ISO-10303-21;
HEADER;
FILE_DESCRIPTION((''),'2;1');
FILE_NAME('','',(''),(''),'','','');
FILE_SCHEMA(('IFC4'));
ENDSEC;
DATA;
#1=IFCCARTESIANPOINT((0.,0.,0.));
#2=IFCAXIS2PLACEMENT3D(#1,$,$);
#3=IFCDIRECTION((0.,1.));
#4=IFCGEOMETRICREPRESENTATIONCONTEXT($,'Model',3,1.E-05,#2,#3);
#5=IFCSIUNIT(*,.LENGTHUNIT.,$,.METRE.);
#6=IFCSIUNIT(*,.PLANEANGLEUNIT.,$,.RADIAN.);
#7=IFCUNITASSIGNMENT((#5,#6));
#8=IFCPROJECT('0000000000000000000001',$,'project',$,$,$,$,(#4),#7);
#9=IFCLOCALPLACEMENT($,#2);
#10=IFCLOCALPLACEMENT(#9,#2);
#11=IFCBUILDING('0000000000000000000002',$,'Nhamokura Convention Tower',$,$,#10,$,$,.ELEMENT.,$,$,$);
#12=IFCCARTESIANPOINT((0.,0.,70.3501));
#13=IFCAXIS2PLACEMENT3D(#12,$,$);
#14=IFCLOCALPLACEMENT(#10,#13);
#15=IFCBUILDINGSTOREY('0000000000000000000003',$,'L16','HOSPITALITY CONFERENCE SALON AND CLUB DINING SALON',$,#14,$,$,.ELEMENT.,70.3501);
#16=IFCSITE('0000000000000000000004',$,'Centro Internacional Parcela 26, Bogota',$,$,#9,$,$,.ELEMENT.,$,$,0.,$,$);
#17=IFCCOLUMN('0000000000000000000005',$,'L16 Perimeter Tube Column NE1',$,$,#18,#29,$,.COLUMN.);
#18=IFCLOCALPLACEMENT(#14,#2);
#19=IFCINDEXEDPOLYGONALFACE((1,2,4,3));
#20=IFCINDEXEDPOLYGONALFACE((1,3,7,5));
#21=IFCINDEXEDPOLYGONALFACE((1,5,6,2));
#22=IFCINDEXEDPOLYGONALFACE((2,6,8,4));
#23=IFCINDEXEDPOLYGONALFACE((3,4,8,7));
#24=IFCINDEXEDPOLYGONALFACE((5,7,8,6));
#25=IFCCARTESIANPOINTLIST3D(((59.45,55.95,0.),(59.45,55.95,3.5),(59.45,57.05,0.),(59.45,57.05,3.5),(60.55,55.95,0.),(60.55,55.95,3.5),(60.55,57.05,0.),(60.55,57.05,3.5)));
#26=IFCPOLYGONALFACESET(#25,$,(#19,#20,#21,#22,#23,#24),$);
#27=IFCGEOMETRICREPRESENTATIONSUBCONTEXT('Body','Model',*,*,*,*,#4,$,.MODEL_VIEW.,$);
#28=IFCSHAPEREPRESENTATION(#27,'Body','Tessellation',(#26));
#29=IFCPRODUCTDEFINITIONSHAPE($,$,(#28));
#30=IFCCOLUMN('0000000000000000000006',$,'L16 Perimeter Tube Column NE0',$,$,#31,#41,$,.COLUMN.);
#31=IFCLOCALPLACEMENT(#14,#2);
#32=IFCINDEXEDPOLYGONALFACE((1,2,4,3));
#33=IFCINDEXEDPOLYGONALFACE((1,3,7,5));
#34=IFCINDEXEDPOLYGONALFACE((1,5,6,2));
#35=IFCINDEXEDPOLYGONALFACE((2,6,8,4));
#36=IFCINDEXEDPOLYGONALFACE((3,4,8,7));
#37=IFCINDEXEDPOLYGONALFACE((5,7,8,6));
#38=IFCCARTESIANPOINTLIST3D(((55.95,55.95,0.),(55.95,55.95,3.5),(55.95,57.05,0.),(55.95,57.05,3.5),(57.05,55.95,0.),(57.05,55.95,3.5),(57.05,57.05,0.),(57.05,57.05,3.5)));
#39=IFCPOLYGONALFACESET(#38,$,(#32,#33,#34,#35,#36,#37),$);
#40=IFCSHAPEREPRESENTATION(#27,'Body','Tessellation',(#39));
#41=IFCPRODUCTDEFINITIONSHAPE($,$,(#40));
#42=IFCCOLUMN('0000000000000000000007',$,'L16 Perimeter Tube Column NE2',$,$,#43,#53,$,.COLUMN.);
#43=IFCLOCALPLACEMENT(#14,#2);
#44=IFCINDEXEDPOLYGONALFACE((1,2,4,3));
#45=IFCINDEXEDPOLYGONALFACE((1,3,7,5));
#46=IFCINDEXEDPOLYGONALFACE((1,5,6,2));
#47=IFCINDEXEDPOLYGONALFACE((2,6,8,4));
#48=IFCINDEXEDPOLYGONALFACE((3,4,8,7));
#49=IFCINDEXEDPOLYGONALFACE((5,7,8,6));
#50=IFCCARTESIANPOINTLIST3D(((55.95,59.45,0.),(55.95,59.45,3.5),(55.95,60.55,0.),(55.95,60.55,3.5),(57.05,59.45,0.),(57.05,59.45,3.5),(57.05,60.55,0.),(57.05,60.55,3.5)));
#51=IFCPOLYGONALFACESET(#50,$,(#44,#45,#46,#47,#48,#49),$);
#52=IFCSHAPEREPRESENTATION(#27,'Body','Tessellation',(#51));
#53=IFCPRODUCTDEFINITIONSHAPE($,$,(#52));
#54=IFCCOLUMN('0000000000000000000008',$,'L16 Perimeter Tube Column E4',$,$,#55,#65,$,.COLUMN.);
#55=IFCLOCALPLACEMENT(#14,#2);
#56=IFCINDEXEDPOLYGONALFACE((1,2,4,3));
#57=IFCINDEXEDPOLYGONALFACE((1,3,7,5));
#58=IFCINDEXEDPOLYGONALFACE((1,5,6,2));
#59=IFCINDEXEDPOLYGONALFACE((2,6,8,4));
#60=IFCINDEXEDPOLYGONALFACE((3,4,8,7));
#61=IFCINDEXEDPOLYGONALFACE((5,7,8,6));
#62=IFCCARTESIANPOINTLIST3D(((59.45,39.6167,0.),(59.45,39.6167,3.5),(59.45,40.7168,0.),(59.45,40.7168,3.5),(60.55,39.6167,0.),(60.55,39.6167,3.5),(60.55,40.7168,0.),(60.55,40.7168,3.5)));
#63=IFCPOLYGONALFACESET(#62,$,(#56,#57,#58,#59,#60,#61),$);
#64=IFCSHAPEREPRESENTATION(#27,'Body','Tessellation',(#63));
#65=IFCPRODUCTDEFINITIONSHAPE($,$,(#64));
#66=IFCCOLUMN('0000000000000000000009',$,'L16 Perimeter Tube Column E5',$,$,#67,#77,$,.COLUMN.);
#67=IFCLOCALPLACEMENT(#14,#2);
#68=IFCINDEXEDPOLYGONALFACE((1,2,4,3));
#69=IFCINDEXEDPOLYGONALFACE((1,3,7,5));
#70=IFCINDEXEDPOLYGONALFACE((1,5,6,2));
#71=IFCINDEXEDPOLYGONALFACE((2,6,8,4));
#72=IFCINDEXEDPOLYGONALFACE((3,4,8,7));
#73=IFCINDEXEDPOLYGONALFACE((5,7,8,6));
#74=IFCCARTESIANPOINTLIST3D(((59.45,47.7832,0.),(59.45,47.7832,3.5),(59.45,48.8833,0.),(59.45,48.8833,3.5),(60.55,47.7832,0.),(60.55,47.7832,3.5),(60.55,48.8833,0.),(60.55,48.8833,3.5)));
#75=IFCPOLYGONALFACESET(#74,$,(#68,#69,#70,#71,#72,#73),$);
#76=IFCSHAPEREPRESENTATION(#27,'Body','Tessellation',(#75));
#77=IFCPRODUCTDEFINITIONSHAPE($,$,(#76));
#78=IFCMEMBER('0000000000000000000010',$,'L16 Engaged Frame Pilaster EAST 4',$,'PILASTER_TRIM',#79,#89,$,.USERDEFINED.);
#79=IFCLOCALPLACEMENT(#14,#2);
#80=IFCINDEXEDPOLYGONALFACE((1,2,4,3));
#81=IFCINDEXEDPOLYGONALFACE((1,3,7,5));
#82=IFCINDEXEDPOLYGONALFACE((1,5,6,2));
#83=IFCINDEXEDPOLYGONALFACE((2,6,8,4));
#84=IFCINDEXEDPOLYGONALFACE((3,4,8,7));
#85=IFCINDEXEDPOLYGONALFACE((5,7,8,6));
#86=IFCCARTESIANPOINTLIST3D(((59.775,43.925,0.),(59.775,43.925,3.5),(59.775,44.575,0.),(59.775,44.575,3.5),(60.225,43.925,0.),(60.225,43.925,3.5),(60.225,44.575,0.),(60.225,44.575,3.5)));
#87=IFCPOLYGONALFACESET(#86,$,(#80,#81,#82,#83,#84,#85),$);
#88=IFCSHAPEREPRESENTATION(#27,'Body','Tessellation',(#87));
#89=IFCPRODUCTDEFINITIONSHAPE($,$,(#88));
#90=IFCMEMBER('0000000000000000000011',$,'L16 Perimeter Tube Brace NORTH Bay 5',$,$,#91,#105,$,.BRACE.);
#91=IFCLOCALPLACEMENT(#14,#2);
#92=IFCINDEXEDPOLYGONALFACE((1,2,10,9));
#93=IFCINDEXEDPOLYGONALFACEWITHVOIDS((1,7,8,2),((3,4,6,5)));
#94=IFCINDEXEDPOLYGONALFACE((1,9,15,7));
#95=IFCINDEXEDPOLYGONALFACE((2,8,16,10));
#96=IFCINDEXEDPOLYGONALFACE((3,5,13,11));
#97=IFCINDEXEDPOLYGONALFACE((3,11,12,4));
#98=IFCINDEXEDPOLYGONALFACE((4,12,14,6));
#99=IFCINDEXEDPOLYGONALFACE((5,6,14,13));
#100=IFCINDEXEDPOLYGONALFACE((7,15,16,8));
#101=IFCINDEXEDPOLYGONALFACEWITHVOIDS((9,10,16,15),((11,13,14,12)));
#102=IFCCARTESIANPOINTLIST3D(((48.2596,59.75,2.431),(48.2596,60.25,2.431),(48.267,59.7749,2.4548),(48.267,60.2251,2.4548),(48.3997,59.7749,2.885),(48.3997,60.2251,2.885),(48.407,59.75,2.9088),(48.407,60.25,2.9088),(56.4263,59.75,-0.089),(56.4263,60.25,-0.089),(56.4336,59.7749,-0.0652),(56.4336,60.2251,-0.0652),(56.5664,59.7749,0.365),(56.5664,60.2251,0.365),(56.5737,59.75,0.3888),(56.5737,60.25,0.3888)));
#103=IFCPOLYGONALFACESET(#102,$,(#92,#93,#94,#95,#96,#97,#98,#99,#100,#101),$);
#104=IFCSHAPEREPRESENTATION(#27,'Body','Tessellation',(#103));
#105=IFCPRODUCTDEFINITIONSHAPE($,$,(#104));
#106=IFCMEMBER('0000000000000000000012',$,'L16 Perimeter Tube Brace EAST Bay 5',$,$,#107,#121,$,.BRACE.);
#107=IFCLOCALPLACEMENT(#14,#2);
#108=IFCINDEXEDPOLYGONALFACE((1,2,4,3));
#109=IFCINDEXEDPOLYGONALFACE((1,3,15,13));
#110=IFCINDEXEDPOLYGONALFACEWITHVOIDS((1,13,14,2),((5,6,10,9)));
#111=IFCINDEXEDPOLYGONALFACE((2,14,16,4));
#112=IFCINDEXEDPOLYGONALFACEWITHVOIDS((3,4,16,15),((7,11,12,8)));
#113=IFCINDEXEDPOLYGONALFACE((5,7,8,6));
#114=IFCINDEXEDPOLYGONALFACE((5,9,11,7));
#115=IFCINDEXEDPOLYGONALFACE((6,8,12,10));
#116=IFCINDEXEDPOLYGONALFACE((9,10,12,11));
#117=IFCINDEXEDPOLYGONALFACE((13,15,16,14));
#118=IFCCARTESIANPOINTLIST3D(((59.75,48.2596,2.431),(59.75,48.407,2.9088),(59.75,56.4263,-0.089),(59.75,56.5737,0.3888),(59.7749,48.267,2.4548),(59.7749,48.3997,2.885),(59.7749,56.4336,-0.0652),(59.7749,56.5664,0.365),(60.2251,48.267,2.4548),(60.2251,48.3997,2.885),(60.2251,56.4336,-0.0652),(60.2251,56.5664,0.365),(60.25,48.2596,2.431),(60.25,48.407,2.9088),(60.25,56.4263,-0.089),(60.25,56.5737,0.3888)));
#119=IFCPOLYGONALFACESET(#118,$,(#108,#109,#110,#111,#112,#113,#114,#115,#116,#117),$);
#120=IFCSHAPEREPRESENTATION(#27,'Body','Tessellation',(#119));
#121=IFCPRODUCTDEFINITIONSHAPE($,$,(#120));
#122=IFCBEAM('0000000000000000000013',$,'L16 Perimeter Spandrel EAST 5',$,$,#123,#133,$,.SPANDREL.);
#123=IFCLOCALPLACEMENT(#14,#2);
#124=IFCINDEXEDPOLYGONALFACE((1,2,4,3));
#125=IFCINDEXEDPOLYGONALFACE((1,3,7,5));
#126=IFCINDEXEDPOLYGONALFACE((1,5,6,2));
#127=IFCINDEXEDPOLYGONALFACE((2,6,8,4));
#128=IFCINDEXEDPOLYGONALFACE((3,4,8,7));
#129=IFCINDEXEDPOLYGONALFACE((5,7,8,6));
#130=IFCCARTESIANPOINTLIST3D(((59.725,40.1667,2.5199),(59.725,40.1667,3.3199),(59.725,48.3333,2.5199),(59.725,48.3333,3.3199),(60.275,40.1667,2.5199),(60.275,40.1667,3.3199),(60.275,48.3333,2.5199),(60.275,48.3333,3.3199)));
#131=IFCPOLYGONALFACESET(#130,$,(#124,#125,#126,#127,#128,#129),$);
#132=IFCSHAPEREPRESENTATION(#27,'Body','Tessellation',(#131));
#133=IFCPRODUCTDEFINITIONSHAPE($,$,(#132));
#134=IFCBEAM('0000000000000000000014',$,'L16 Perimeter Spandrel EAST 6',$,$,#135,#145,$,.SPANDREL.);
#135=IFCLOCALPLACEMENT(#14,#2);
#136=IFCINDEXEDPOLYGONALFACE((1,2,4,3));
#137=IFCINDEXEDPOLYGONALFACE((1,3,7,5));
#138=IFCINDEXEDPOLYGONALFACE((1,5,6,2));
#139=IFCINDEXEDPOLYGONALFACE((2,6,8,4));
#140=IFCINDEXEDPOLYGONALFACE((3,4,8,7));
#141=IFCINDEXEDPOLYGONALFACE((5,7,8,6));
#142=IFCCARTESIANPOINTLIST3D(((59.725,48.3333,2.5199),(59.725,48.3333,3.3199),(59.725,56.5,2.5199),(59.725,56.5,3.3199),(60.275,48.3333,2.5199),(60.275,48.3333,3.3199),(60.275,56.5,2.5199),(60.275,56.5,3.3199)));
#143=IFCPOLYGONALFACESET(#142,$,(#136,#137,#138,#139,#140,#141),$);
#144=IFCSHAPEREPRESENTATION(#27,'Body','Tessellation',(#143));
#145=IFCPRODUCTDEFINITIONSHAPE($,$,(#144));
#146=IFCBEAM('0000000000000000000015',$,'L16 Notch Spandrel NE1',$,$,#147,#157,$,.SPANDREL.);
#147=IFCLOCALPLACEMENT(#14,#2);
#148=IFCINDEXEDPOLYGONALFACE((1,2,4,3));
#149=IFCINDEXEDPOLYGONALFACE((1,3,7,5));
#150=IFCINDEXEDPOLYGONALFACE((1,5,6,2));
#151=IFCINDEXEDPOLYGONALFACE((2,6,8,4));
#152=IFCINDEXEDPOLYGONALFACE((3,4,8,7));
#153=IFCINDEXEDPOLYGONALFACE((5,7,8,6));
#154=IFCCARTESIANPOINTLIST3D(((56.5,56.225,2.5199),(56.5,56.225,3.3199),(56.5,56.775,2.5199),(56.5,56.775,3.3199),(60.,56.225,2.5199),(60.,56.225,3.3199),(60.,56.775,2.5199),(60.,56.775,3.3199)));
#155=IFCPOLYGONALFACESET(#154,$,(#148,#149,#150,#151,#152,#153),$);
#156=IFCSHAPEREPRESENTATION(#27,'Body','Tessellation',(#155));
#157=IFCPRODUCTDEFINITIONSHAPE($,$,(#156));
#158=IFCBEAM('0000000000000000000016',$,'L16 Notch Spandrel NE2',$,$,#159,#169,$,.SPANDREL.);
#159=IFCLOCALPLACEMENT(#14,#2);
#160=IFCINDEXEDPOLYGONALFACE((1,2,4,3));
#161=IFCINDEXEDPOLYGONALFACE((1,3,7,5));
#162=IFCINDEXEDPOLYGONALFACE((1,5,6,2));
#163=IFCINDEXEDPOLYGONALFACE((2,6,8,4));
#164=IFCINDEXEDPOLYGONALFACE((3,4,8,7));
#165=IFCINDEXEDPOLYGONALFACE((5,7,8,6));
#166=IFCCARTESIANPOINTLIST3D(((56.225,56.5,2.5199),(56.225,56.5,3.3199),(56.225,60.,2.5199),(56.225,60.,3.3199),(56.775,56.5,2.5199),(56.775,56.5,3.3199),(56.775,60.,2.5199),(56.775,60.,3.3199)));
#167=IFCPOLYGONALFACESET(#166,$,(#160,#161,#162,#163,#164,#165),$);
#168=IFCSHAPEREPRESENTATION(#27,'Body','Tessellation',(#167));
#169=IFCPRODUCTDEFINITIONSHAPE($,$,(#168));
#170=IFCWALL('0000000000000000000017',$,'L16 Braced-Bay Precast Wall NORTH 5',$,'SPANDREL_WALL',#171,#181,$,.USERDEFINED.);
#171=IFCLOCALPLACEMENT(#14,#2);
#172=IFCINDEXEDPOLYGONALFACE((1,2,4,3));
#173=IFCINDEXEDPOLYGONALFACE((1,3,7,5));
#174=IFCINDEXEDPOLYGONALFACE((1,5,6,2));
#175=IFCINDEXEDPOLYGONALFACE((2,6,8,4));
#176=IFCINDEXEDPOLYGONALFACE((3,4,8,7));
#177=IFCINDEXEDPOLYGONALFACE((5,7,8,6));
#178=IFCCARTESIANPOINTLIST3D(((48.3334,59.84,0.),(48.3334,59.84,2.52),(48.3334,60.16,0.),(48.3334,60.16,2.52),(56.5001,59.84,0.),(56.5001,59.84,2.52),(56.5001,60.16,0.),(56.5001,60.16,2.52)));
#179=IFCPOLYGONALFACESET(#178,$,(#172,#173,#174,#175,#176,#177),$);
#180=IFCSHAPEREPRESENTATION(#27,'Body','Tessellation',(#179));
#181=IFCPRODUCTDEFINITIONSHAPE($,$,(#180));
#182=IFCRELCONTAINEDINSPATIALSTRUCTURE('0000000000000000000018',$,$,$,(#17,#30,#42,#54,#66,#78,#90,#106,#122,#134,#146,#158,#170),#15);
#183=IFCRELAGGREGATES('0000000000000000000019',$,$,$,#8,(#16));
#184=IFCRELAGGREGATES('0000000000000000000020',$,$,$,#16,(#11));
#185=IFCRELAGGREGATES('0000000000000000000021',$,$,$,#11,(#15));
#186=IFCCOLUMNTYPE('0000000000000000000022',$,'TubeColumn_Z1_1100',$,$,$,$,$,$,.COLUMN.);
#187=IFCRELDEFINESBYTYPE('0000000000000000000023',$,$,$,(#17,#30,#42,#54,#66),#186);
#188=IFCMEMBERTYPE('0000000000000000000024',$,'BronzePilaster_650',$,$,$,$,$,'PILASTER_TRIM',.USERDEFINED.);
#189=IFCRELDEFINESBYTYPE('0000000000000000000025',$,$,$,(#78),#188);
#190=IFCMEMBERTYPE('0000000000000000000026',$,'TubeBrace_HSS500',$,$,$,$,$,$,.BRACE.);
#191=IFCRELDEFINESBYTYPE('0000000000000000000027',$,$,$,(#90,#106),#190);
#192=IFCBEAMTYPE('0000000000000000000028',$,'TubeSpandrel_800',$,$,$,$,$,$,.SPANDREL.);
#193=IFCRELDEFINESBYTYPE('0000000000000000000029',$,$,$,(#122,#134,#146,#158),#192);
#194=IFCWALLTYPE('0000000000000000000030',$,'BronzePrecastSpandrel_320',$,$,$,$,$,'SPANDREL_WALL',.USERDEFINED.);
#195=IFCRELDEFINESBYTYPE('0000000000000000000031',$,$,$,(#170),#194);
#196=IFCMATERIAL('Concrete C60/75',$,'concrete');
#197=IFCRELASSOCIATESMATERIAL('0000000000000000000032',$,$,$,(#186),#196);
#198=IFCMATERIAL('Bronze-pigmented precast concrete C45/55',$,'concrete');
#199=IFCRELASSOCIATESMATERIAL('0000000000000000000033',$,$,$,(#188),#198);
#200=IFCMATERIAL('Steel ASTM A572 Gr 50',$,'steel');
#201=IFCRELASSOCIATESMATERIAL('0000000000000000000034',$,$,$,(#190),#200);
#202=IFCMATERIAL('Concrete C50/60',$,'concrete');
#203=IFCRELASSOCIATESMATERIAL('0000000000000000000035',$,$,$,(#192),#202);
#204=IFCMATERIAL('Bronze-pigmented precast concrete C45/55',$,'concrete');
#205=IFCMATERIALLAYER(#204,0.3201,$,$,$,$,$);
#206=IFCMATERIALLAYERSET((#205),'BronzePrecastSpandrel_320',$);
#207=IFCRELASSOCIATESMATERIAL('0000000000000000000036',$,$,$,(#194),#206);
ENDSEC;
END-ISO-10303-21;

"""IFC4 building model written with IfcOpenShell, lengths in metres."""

from ifc_helpers import new_model, si_unit, direction, frame, frame_2d, origin, origin_2d, place, context, subcontext, project, spatial, rectangle, hollow_rectangle, extrude, material, layer, layer_set, material_profile, profile_set, type_object, element, save


model = new_model("IFC4")

# Units and contexts
model_context = context("Model", 3, precision=1e-05, world=origin(), true_north=direction((0.0, 1.0)))
body_context = subcontext(model_context, "Body", "Model", "MODEL_VIEW")
ifc_project = project(units=[si_unit("LENGTHUNIT", "METRE"), si_unit("PLANEANGLEUNIT", "RADIAN")], contexts=[model_context])

# Site, building, storey
site_placement = place(None, origin())
site = spatial("IfcSite", under=ifc_project, at=site_placement, Name="Centro Internacional Parcela 26, Bogota", CompositionType="ELEMENT", RefElevation=0.0)
building_placement = place(site_placement, origin())
building = spatial("IfcBuilding", under=site, at=building_placement, Name="Nhamokura Convention Tower", CompositionType="ELEMENT")
storey_placement = place(building_placement, frame((0.0, 0.0, 70.3501)))
storey = spatial("IfcBuildingStorey", under=building, at=storey_placement, Name="L16", Description="HOSPITALITY CONFERENCE SALON AND CLUB DINING SALON", CompositionType="ELEMENT", Elevation=70.3501)

# Columns
ifc_material_1 = material(Name="Concrete C60/75", Category="concrete")
ifc_material_profile_1 = material_profile(ifc_material_1, rectangle(XDim=1.1001, YDim=1.1001, at=origin_2d()))
ifc_profile_set_1 = profile_set([ifc_material_profile_1], Name="Concrete C60/75")
column_type = type_object("IfcColumnType", Name="TubeColumn_Z1_1100", PredefinedType="COLUMN", material=ifc_profile_set_1)
for number, where, z_axis, x_axis, name in (
    (1, (60.0, 56.5, 0.0), (0.0, 0.0, 1.0), (1.0, 0.0, 0.0), "L16 Perimeter Tube Column NE1"),
    (2, (56.5, 56.5, 0.0), (0.0, 0.0, 1.0), (1.0, 0.0, 0.0), "L16 Perimeter Tube Column NE0"),
    (3, (56.5, 60.0, 0.0), (0.0, 0.0, 1.0), (1.0, 0.0, 0.0), "L16 Perimeter Tube Column NE2"),
    (4, (60.0, 40.1667, 0.0), (0.0, 0.0, 1.0), (1.0, 0.0, 0.0), "L16 Perimeter Tube Column E4"),
    (5, (60.0, 48.3333, 0.0), (0.0, 0.0, 1.0), (1.0, 0.0, 0.0), "L16 Perimeter Tube Column E5"),
):
    element("IfcColumn", number, at=place(storey_placement, frame(where, z_axis=z_axis, x_axis=x_axis)), inside=storey, type_object=column_type, Name=name, PredefinedType="COLUMN", context=body_context, shape_type="SweptSolid", body=[
        extrude(rectangle(XDim=1.1001, YDim=1.1001, at=origin_2d()), origin(), (0.0, 0.0, 1.0), 3.5),
    ])

# Members
ifc_material_2 = material(Name="Bronze-pigmented precast concrete C45/55", Category="concrete")
ifc_material_profile_2 = material_profile(ifc_material_2, rectangle(XDim=0.45, YDim=0.6499, at=origin_2d()))
ifc_profile_set_2 = profile_set([ifc_material_profile_2], Name="Bronze-pigmented precast concrete C45/55")
member_type_1 = type_object("IfcMemberType", Name="BronzePilaster_650", ElementType="PILASTER_TRIM", PredefinedType="USERDEFINED", material=ifc_profile_set_2)
member_placement = place(storey_placement, frame((60.0, 44.25, 0.0), z_axis=(0.0, 0.0, 1.0), x_axis=(1.0, 0.0, 0.0)))
element("IfcMember", 6, at=member_placement, inside=storey, type_object=member_type_1, Name="L16 Engaged Frame Pilaster EAST 4", ObjectType="PILASTER_TRIM", PredefinedType="USERDEFINED", context=body_context, shape_type="SweptSolid", body=[
    extrude(rectangle(XDim=0.45, YDim=0.6499, at=origin_2d()), origin(), (0.0, 0.0, 1.0), 3.5),
])
ifc_material_3 = material(Name="Steel ASTM A572 Gr 50", Category="steel")
ifc_material_profile_3 = material_profile(ifc_material_3, hollow_rectangle(XDim=0.5, YDim=0.5, WallThickness=0.0249, at=origin_2d()))
ifc_profile_set_3 = profile_set([ifc_material_profile_3], Name="Steel ASTM A572 Gr 50")
member_type_2 = type_object("IfcMemberType", Name="TubeBrace_HSS500", PredefinedType="BRACE", material=ifc_profile_set_3)
for number, where, z_axis, x_axis, name in (
    (7, (56.5, 60.0, 0.1499), (-0.955543, 0.0, 0.294853), (0.0, -1.0, 0.0), "L16 Perimeter Tube Brace NORTH Bay 5"),
    (8, (60.0, 56.5, 0.1499), (0.0, -0.955543, 0.294853), (1.0, 0.0, 0.0), "L16 Perimeter Tube Brace EAST Bay 5"),
):
    element("IfcMember", number, at=place(storey_placement, frame(where, z_axis=z_axis, x_axis=x_axis)), inside=storey, type_object=member_type_2, Name=name, PredefinedType="BRACE", context=body_context, shape_type="SweptSolid", body=[
        extrude(hollow_rectangle(XDim=0.5, YDim=0.5, WallThickness=0.0249, at=origin_2d()), origin(), (0.0, 0.0, 1.0), 8.5466),
    ])

# Beams
ifc_material_4 = material(Name="Concrete C50/60", Category="concrete")
ifc_material_profile_4 = material_profile(ifc_material_4, rectangle(XDim=0.55, YDim=0.8, at=origin_2d()))
ifc_profile_set_4 = profile_set([ifc_material_profile_4], Name="Concrete C50/60")
beam_type = type_object("IfcBeamType", Name="TubeSpandrel_800", PredefinedType="SPANDREL", material=ifc_profile_set_4)
beam_1_placement = place(storey_placement, frame((60.0, 40.1667, 2.9199), z_axis=(0.0, 1.0, 0.0), x_axis=(-1.0, 0.0, 0.0)))
element("IfcBeam", 9, at=beam_1_placement, inside=storey, type_object=beam_type, Name="L16 Perimeter Spandrel EAST 5", PredefinedType="SPANDREL", context=body_context, shape_type="SweptSolid", body=[
    extrude(rectangle(XDim=0.55, YDim=0.8, at=origin_2d()), origin(), (0.0, 0.0, 1.0), 8.1665),
])
beam_2_placement = place(storey_placement, frame((60.0, 48.3333, 2.9199), z_axis=(0.0, 1.0, 0.0), x_axis=(-1.0, 0.0, 0.0)))
element("IfcBeam", 10, at=beam_2_placement, inside=storey, type_object=beam_type, Name="L16 Perimeter Spandrel EAST 6", PredefinedType="SPANDREL", context=body_context, shape_type="SweptSolid", body=[
    extrude(rectangle(XDim=0.55, YDim=0.8, at=origin_2d()), origin(), (0.0, 0.0, 1.0), 8.1667),
])
for number, where, z_axis, x_axis, name in (
    (11, (60.0, 56.5, 2.9199), (-1.0, 0.0, 0.0), (0.0, -1.0, 0.0), "L16 Notch Spandrel NE1"),
    (12, (56.5, 56.5, 2.9199), (0.0, 1.0, 0.0), (-1.0, 0.0, 0.0), "L16 Notch Spandrel NE2"),
):
    element("IfcBeam", number, at=place(storey_placement, frame(where, z_axis=z_axis, x_axis=x_axis)), inside=storey, type_object=beam_type, Name=name, PredefinedType="SPANDREL", context=body_context, shape_type="SweptSolid", body=[
        extrude(rectangle(XDim=0.55, YDim=0.8, at=origin_2d()), origin(), (0.0, 0.0, 1.0), 3.5),
    ])

# Wall
ifc_material_5 = material(Name="Bronze-pigmented precast concrete C45/55", Category="concrete")
ifc_layer = layer(ifc_material_5, 0.3201)
ifc_layer_set = layer_set([ifc_layer], Name="BronzePrecastSpandrel_320")
wall_type = type_object("IfcWallType", Name="BronzePrecastSpandrel_320", ElementType="SPANDREL_WALL", PredefinedType="USERDEFINED", material=ifc_layer_set)
wall_1_placement = place(storey_placement, frame((48.3333, 60.0, 0.0), z_axis=(0.0, 0.0, 1.0), x_axis=(1.0, 0.0, 0.0)))
element("IfcWall", 13, at=wall_1_placement, inside=storey, type_object=wall_type, Name="L16 Braced-Bay Precast Wall NORTH 5", ObjectType="SPANDREL_WALL", PredefinedType="USERDEFINED", context=body_context, shape_type="SweptSolid", body=[
    extrude(rectangle(XDim=8.1667, YDim=0.3201, at=frame_2d((4.0835, 0.0))), origin(), (0.0, 0.0, 1.0), 2.52),
])

save(model, "model.ifc")
